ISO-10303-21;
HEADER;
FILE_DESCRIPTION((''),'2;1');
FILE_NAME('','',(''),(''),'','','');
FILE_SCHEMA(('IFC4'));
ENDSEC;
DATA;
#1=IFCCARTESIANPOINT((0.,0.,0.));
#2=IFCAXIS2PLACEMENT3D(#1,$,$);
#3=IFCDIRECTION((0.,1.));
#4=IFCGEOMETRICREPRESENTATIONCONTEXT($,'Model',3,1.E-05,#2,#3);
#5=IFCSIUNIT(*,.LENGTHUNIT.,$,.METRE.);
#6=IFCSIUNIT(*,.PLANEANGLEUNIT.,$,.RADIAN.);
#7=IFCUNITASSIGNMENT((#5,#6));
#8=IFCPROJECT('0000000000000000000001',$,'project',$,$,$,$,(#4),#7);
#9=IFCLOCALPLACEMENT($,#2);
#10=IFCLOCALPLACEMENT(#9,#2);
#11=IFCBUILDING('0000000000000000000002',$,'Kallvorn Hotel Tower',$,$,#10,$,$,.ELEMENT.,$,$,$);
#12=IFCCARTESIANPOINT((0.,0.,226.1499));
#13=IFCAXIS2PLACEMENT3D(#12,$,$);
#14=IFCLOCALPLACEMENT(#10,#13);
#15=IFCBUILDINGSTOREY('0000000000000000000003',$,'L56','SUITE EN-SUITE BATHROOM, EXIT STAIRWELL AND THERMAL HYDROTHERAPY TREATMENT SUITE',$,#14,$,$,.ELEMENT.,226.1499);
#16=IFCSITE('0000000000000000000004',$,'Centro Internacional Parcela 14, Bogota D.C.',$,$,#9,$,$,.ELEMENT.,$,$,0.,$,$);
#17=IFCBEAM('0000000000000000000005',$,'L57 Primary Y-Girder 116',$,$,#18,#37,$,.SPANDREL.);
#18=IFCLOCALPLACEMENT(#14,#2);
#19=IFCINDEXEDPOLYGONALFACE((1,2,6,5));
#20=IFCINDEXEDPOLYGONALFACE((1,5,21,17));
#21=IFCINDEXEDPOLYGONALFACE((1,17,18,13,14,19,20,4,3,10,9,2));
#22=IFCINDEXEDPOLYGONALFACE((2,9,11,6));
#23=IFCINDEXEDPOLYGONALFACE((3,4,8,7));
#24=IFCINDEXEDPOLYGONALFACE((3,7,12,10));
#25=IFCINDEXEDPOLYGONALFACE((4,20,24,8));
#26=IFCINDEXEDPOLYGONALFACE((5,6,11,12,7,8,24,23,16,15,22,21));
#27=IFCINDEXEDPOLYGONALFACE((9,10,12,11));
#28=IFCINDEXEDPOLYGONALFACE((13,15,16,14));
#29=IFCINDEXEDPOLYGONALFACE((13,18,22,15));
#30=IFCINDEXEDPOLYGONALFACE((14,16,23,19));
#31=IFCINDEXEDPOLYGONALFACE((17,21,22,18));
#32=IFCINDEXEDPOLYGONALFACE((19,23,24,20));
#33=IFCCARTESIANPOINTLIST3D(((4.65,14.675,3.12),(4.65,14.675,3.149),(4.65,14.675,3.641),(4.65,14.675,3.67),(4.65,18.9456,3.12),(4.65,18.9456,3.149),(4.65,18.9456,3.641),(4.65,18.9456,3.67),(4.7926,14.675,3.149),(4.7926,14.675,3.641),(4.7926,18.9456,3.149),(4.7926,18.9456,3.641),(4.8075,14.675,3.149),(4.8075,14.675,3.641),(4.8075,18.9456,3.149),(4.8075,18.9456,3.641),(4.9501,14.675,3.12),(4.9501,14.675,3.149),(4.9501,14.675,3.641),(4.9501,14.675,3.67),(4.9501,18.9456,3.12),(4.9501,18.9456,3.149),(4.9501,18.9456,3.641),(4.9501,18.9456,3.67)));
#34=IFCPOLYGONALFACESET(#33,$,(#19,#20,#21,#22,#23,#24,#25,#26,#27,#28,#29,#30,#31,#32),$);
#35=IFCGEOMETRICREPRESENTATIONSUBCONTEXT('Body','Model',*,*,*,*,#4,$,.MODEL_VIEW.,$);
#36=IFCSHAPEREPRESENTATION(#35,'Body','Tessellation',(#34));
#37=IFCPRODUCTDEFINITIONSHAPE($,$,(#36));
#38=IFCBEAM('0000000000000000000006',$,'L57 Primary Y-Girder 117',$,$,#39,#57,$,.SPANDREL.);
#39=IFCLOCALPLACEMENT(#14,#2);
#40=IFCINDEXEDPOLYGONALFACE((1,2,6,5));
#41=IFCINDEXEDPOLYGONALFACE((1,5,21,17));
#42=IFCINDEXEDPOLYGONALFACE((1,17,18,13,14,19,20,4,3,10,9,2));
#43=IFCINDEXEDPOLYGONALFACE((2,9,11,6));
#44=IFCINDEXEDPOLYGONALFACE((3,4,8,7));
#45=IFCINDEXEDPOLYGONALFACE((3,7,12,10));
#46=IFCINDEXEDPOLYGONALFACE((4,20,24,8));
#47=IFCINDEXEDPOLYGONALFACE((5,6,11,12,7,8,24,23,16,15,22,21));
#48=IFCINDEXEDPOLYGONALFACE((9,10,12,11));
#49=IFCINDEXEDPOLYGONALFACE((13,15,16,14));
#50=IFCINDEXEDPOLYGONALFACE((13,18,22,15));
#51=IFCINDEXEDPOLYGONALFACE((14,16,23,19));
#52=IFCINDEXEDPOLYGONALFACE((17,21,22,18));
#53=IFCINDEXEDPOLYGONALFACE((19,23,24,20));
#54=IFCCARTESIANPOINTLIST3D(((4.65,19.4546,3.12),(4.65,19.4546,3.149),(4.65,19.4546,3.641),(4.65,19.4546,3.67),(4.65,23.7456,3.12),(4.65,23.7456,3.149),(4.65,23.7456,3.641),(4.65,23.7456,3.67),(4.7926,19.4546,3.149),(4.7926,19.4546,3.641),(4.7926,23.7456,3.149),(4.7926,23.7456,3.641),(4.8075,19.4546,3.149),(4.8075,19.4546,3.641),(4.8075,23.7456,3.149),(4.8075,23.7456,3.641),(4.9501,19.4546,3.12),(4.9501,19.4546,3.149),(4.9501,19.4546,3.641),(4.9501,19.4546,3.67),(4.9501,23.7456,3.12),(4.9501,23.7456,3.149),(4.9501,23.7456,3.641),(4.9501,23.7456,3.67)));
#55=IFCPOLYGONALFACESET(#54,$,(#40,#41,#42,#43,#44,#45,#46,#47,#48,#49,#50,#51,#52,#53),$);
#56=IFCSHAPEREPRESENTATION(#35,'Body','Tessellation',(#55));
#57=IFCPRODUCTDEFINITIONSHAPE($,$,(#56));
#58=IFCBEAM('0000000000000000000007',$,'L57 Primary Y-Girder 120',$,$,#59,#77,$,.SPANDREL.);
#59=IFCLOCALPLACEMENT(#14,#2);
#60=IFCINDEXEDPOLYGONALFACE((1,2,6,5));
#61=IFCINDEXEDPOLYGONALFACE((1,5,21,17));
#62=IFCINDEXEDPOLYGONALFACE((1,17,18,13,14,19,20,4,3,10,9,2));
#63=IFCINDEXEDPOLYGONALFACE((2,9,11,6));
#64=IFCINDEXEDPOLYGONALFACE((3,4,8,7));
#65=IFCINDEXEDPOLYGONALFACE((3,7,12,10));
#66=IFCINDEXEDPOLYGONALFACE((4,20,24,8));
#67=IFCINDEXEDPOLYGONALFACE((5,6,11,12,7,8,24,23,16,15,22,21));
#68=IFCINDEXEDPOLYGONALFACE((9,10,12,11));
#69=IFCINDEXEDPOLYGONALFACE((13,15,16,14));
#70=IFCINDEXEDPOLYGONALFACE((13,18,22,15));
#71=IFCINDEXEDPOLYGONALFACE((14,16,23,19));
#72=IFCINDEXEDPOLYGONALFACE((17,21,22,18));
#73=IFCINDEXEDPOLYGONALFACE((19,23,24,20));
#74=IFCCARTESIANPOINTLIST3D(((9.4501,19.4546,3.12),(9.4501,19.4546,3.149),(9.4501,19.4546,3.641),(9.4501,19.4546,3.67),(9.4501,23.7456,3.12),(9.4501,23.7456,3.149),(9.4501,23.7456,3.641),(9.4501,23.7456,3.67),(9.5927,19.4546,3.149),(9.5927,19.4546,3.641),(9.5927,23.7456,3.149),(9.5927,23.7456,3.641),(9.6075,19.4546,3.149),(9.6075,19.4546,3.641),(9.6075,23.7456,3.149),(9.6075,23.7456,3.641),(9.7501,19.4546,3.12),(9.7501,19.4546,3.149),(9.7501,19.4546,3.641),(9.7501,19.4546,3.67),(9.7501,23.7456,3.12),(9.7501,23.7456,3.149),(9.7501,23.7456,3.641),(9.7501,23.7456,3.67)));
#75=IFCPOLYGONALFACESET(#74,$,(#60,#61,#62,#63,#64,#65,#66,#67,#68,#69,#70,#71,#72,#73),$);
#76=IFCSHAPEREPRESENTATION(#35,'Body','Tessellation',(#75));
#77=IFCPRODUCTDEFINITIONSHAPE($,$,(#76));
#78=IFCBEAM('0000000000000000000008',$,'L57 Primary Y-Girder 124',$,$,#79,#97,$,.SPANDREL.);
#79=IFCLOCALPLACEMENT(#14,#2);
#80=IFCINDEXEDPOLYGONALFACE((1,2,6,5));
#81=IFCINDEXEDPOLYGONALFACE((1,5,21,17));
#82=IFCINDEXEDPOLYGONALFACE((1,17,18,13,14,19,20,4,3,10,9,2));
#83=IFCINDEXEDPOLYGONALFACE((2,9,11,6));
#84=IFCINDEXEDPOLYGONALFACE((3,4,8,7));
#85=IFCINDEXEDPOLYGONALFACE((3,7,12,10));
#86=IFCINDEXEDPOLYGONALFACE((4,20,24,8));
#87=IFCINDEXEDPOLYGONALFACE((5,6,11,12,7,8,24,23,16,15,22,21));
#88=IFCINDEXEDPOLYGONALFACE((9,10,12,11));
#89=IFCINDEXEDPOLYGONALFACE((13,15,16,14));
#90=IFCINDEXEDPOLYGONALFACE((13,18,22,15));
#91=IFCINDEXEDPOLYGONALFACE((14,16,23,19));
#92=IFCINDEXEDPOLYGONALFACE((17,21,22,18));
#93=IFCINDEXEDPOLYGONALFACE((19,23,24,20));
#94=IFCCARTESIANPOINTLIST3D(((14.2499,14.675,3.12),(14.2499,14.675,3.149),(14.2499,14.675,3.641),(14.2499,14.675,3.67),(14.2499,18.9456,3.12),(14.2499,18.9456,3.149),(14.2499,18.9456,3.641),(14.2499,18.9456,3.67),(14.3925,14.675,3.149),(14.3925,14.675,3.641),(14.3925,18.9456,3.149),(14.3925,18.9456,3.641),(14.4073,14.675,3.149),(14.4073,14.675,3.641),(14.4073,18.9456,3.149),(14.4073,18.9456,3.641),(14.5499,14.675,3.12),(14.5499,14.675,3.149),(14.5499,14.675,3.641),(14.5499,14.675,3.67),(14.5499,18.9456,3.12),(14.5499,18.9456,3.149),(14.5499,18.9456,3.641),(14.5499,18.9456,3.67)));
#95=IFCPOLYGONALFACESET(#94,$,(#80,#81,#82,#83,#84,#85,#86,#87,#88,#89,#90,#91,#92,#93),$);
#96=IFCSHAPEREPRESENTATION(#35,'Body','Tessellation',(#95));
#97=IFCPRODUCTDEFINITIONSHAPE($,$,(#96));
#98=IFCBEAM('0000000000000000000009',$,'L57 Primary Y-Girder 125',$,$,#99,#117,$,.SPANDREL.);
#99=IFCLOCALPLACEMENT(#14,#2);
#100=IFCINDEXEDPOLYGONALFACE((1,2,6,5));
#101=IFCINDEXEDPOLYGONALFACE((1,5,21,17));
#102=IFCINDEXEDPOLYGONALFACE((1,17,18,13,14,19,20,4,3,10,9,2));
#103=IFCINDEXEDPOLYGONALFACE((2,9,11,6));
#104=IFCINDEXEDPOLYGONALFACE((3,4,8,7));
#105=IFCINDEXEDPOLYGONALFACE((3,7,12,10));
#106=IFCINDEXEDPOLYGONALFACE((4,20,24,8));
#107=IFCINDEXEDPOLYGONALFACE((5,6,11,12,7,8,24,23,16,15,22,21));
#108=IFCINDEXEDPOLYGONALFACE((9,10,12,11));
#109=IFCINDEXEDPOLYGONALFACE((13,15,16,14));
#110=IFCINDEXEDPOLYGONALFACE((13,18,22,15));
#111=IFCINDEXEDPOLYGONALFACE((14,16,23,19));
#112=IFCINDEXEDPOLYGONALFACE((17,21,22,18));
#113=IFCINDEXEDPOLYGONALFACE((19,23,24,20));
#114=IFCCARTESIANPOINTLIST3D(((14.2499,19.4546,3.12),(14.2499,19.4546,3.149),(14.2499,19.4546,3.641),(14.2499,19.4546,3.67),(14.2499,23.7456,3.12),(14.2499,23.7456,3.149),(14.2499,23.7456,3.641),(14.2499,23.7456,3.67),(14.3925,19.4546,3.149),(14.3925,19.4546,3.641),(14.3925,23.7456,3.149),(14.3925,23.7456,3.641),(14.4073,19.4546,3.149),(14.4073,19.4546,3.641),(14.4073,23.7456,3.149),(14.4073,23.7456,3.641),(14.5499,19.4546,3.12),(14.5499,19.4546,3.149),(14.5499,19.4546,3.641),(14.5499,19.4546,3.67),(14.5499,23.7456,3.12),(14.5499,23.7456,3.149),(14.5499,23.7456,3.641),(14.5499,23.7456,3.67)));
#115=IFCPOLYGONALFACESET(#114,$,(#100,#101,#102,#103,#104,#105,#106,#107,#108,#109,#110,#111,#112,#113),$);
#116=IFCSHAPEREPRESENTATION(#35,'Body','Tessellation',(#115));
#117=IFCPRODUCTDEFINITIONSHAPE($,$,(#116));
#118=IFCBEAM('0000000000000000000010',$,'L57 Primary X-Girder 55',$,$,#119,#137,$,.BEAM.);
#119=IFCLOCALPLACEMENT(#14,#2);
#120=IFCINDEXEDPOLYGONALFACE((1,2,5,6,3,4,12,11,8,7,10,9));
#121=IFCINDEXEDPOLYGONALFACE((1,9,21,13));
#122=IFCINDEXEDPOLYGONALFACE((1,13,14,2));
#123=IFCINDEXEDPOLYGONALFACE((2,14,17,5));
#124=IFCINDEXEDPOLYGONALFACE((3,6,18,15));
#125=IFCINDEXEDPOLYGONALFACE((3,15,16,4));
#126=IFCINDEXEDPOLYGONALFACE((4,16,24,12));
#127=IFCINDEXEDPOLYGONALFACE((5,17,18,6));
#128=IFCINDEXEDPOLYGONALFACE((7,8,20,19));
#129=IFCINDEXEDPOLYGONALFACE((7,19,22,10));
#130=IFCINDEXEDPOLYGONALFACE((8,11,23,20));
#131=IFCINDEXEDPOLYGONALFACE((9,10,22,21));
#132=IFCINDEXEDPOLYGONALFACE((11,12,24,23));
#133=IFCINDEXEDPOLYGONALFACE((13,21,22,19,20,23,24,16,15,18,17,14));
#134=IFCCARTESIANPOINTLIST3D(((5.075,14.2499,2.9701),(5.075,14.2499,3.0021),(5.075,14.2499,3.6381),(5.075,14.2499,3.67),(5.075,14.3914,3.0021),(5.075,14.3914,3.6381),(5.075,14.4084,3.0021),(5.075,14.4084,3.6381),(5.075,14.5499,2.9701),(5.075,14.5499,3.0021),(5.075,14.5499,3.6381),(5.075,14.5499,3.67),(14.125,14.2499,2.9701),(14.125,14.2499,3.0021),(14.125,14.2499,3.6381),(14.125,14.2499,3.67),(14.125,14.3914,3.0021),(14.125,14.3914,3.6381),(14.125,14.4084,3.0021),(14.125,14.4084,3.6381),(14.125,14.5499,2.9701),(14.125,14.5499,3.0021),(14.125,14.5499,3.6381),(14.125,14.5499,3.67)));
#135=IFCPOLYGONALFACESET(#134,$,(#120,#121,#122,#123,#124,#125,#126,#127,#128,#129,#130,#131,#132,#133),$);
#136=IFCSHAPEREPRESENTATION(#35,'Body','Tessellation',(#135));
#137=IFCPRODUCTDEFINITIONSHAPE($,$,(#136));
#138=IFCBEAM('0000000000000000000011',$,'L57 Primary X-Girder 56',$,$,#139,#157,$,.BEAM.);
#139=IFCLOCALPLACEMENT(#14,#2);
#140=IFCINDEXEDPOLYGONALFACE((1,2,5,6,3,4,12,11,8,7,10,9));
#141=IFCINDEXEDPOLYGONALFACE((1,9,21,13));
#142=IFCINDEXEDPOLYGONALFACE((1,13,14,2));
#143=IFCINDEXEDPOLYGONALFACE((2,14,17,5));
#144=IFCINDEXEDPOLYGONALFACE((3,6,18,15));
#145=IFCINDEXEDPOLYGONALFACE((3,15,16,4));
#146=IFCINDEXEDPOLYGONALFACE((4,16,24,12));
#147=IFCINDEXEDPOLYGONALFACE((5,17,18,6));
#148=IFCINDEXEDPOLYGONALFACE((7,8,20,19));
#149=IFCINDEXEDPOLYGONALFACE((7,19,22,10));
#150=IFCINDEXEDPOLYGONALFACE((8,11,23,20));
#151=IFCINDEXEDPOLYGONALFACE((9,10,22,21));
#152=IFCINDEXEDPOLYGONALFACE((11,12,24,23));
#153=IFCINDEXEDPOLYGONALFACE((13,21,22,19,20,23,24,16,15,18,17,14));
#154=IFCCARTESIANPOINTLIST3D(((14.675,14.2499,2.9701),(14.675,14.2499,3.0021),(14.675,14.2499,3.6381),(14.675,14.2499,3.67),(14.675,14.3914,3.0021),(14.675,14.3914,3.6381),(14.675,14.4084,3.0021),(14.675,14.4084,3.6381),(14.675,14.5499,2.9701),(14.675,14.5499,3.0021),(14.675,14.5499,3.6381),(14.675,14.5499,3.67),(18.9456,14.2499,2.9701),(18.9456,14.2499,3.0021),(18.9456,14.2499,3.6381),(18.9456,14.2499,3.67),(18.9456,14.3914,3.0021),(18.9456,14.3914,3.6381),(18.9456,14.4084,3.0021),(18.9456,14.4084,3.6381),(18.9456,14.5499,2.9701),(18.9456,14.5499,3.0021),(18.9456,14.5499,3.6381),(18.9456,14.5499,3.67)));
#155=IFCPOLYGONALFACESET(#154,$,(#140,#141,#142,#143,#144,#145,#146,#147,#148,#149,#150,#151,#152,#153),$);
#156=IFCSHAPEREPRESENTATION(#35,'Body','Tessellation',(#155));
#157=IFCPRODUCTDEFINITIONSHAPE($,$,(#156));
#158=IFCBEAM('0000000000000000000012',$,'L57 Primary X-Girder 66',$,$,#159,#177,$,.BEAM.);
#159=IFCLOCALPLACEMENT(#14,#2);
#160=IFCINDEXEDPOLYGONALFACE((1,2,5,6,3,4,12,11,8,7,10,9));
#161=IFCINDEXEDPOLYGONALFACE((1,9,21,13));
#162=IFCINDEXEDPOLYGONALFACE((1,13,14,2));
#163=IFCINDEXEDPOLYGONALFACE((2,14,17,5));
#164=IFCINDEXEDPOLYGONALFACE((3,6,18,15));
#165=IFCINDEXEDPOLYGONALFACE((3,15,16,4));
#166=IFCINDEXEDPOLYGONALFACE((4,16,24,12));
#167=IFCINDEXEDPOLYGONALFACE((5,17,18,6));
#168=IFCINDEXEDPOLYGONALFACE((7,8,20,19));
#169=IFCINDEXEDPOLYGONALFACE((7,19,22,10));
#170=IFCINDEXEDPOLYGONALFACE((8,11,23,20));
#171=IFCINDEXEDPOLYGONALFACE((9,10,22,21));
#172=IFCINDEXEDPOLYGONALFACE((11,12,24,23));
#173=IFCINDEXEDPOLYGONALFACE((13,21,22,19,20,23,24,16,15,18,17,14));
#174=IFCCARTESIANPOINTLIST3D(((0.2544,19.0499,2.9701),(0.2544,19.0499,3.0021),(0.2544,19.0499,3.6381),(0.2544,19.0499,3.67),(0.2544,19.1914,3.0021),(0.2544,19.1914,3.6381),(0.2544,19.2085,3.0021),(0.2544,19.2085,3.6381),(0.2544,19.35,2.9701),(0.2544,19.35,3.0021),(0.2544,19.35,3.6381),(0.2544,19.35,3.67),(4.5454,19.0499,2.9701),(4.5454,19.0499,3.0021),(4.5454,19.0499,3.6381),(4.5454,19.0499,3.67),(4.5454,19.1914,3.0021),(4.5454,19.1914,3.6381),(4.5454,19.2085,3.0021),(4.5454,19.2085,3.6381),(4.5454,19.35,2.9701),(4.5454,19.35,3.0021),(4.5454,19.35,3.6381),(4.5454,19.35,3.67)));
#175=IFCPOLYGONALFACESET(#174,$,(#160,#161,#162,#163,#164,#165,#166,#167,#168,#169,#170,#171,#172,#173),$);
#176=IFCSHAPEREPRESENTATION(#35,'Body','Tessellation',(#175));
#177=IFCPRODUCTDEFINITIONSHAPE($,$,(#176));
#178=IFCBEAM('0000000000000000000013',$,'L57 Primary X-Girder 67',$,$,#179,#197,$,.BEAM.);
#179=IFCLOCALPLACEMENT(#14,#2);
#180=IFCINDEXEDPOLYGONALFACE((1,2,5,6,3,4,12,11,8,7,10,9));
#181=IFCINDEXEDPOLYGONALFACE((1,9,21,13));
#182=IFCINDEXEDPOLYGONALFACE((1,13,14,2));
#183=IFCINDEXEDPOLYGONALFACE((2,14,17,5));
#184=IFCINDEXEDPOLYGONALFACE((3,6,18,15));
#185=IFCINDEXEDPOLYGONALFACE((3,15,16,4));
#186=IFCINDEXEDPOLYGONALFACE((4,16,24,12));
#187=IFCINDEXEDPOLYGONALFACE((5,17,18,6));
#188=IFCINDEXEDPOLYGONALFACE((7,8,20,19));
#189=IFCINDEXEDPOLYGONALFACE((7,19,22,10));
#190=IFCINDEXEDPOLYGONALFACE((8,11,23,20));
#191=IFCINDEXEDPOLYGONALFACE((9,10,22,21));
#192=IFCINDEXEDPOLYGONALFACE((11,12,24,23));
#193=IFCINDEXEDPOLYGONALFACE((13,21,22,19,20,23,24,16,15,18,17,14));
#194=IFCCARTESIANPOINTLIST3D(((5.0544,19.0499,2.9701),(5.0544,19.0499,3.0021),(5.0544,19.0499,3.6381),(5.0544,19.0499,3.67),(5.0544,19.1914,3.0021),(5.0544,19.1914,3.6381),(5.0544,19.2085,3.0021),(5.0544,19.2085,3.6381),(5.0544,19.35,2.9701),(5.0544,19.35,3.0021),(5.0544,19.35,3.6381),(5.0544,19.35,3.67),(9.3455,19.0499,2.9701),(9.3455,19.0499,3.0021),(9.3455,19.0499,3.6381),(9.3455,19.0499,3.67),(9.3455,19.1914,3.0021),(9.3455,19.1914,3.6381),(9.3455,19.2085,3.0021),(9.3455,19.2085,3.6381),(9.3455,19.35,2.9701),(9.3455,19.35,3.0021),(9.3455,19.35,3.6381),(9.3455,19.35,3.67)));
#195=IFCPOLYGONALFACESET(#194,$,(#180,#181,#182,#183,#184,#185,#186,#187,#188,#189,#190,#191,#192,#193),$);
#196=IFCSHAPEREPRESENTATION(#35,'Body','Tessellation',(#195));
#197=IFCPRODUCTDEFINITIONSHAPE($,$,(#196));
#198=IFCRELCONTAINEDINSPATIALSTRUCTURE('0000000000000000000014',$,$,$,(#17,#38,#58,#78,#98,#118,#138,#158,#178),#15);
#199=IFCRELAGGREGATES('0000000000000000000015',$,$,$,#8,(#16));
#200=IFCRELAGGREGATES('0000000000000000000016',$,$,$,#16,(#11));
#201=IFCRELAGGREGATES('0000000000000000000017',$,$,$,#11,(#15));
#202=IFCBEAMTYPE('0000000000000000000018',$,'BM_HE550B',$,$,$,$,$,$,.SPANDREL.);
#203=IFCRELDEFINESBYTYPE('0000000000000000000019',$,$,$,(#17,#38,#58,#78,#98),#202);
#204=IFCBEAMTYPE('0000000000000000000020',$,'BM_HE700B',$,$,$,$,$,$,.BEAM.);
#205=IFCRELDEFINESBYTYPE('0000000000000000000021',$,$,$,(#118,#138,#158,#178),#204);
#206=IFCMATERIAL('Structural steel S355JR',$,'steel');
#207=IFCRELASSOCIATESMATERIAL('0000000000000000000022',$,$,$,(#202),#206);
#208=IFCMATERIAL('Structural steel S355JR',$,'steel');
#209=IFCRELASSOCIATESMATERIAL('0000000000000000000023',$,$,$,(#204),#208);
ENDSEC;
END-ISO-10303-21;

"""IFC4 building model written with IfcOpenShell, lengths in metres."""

from ifc_helpers import new_model, si_unit, direction, frame, origin, origin_2d, place, context, subcontext, project, spatial, i_section, extrude, material, material_profile, profile_set, type_object, element, save


model = new_model("IFC4")

# Units and contexts
model_context = context("Model", 3, precision=1e-05, world=origin(), true_north=direction((0.0, 1.0)))
body_context = subcontext(model_context, "Body", "Model", "MODEL_VIEW")
ifc_project = project(units=[si_unit("LENGTHUNIT", "METRE"), si_unit("PLANEANGLEUNIT", "RADIAN")], contexts=[model_context])

# Site, building, storey
site_placement = place(None, origin())
site = spatial("IfcSite", under=ifc_project, at=site_placement, Name="Centro Internacional Parcela 14, Bogota D.C.", CompositionType="ELEMENT", RefElevation=0.0)
building_placement = place(site_placement, origin())
building = spatial("IfcBuilding", under=site, at=building_placement, Name="Kallvorn Hotel Tower", CompositionType="ELEMENT")
storey_placement = place(building_placement, frame((0.0, 0.0, 226.1499)))
storey = spatial("IfcBuildingStorey", under=building, at=storey_placement, Name="L56", Description="SUITE EN-SUITE BATHROOM, EXIT STAIRWELL AND THERMAL HYDROTHERAPY TREATMENT SUITE", CompositionType="ELEMENT", Elevation=226.1499)

# Beams
ifc_material_1 = material(Name="Structural steel S355JR", Category="steel")
ifc_material_profile_1 = material_profile(ifc_material_1, i_section(OverallWidth=0.3, OverallDepth=0.55, WebThickness=0.0149, FlangeThickness=0.0291, at=origin_2d()), Name="HE 550 B")
ifc_profile_set_1 = profile_set([ifc_material_profile_1], Name="Structural steel S355JR")
beam_type_1 = type_object("IfcBeamType", Name="BM_HE550B", PredefinedType="SPANDREL", material=ifc_profile_set_1)
beam_1_placement = place(storey_placement, frame((4.8, 14.675, 3.395), z_axis=(0.0, 1.0, 0.0), x_axis=(-1.0, 0.0, 0.0)))
element("IfcBeam", 1, at=beam_1_placement, inside=storey, type_object=beam_type_1, Name="L57 Primary Y-Girder 116", PredefinedType="SPANDREL", context=body_context, shape_type="SweptSolid", body=[
    extrude(i_section(OverallWidth=0.3, OverallDepth=0.55, WebThickness=0.0149, FlangeThickness=0.0291, at=origin_2d()), origin(), (0.0, 0.0, 1.0), 4.2705),
])
for number, where, z_axis, x_axis, name in (
    (2, (4.8, 19.4546, 3.395), (0.0, 1.0, 0.0), (-1.0, 0.0, 0.0), "L57 Primary Y-Girder 117"),
    (3, (9.6001, 19.4546, 3.395), (0.0, 1.0, 0.0), (-1.0, 0.0, 0.0), "L57 Primary Y-Girder 120"),
):
    element("IfcBeam", number, at=place(storey_placement, frame(where, z_axis=z_axis, x_axis=x_axis)), inside=storey, type_object=beam_type_1, Name=name, PredefinedType="SPANDREL", context=body_context, shape_type="SweptSolid", body=[
        extrude(i_section(OverallWidth=0.3, OverallDepth=0.55, WebThickness=0.0149, FlangeThickness=0.0291, at=origin_2d()), origin(), (0.0, 0.0, 1.0), 4.291),
    ])
beam_2_placement = place(storey_placement, frame((14.3999, 14.675, 3.395), z_axis=(0.0, 1.0, 0.0), x_axis=(-1.0, 0.0, 0.0)))
element("IfcBeam", 4, at=beam_2_placement, inside=storey, type_object=beam_type_1, Name="L57 Primary Y-Girder 124", PredefinedType="SPANDREL", context=body_context, shape_type="SweptSolid", body=[
    extrude(i_section(OverallWidth=0.3, OverallDepth=0.55, WebThickness=0.0149, FlangeThickness=0.0291, at=origin_2d()), origin(), (0.0, 0.0, 1.0), 4.2705),
])
beam_3_placement = place(storey_placement, frame((14.3999, 19.4546, 3.395), z_axis=(0.0, 1.0, 0.0), x_axis=(-1.0, 0.0, 0.0)))
element("IfcBeam", 5, at=beam_3_placement, inside=storey, type_object=beam_type_1, Name="L57 Primary Y-Girder 125", PredefinedType="SPANDREL", context=body_context, shape_type="SweptSolid", body=[
    extrude(i_section(OverallWidth=0.3, OverallDepth=0.55, WebThickness=0.0149, FlangeThickness=0.0291, at=origin_2d()), origin(), (0.0, 0.0, 1.0), 4.291),
])
ifc_material_2 = material(Name="Structural steel S355JR", Category="steel")
ifc_material_profile_2 = material_profile(ifc_material_2, i_section(OverallWidth=0.3, OverallDepth=0.7, WebThickness=0.0171, FlangeThickness=0.032, at=origin_2d()), Name="HE 700 B")
ifc_profile_set_2 = profile_set([ifc_material_profile_2], Name="Structural steel S355JR")
beam_type_2 = type_object("IfcBeamType", Name="BM_HE700B", PredefinedType="BEAM", material=ifc_profile_set_2)
beam_4_placement = place(storey_placement, frame((5.075, 14.3999, 3.3201), z_axis=(1.0, 0.0, 0.0), x_axis=(0.0, 1.0, 0.0)))
element("IfcBeam", 6, at=beam_4_placement, inside=storey, type_object=beam_type_2, Name="L57 Primary X-Girder 55", PredefinedType="BEAM", context=body_context, shape_type="SweptSolid", body=[
    extrude(i_section(OverallWidth=0.3, OverallDepth=0.7, WebThickness=0.0171, FlangeThickness=0.032, at=origin_2d()), origin(), (0.0, 0.0, 1.0), 9.05),
])
beam_5_placement = place(storey_placement, frame((14.675, 14.3999, 3.3201), z_axis=(1.0, 0.0, 0.0), x_axis=(0.0, 1.0, 0.0)))
element("IfcBeam", 7, at=beam_5_placement, inside=storey, type_object=beam_type_2, Name="L57 Primary X-Girder 56", PredefinedType="BEAM", context=body_context, shape_type="SweptSolid", body=[
    extrude(i_section(OverallWidth=0.3, OverallDepth=0.7, WebThickness=0.0171, FlangeThickness=0.032, at=origin_2d()), origin(), (0.0, 0.0, 1.0), 4.2705),
])
for number, where, z_axis, x_axis, name in (
    (8, (0.2544, 19.2, 3.3201), (1.0, 0.0, 0.0), (0.0, 1.0, 0.0), "L57 Primary X-Girder 66"),
    (9, (5.0544, 19.2, 3.3201), (1.0, 0.0, 0.0), (0.0, 1.0, 0.0), "L57 Primary X-Girder 67"),
):
    element("IfcBeam", number, at=place(storey_placement, frame(where, z_axis=z_axis, x_axis=x_axis)), inside=storey, type_object=beam_type_2, Name=name, PredefinedType="BEAM", context=body_context, shape_type="SweptSolid", body=[
        extrude(i_section(OverallWidth=0.3, OverallDepth=0.7, WebThickness=0.0171, FlangeThickness=0.032, at=origin_2d()), origin(), (0.0, 0.0, 1.0), 4.291),
    ])

save(model, "model.ifc")
